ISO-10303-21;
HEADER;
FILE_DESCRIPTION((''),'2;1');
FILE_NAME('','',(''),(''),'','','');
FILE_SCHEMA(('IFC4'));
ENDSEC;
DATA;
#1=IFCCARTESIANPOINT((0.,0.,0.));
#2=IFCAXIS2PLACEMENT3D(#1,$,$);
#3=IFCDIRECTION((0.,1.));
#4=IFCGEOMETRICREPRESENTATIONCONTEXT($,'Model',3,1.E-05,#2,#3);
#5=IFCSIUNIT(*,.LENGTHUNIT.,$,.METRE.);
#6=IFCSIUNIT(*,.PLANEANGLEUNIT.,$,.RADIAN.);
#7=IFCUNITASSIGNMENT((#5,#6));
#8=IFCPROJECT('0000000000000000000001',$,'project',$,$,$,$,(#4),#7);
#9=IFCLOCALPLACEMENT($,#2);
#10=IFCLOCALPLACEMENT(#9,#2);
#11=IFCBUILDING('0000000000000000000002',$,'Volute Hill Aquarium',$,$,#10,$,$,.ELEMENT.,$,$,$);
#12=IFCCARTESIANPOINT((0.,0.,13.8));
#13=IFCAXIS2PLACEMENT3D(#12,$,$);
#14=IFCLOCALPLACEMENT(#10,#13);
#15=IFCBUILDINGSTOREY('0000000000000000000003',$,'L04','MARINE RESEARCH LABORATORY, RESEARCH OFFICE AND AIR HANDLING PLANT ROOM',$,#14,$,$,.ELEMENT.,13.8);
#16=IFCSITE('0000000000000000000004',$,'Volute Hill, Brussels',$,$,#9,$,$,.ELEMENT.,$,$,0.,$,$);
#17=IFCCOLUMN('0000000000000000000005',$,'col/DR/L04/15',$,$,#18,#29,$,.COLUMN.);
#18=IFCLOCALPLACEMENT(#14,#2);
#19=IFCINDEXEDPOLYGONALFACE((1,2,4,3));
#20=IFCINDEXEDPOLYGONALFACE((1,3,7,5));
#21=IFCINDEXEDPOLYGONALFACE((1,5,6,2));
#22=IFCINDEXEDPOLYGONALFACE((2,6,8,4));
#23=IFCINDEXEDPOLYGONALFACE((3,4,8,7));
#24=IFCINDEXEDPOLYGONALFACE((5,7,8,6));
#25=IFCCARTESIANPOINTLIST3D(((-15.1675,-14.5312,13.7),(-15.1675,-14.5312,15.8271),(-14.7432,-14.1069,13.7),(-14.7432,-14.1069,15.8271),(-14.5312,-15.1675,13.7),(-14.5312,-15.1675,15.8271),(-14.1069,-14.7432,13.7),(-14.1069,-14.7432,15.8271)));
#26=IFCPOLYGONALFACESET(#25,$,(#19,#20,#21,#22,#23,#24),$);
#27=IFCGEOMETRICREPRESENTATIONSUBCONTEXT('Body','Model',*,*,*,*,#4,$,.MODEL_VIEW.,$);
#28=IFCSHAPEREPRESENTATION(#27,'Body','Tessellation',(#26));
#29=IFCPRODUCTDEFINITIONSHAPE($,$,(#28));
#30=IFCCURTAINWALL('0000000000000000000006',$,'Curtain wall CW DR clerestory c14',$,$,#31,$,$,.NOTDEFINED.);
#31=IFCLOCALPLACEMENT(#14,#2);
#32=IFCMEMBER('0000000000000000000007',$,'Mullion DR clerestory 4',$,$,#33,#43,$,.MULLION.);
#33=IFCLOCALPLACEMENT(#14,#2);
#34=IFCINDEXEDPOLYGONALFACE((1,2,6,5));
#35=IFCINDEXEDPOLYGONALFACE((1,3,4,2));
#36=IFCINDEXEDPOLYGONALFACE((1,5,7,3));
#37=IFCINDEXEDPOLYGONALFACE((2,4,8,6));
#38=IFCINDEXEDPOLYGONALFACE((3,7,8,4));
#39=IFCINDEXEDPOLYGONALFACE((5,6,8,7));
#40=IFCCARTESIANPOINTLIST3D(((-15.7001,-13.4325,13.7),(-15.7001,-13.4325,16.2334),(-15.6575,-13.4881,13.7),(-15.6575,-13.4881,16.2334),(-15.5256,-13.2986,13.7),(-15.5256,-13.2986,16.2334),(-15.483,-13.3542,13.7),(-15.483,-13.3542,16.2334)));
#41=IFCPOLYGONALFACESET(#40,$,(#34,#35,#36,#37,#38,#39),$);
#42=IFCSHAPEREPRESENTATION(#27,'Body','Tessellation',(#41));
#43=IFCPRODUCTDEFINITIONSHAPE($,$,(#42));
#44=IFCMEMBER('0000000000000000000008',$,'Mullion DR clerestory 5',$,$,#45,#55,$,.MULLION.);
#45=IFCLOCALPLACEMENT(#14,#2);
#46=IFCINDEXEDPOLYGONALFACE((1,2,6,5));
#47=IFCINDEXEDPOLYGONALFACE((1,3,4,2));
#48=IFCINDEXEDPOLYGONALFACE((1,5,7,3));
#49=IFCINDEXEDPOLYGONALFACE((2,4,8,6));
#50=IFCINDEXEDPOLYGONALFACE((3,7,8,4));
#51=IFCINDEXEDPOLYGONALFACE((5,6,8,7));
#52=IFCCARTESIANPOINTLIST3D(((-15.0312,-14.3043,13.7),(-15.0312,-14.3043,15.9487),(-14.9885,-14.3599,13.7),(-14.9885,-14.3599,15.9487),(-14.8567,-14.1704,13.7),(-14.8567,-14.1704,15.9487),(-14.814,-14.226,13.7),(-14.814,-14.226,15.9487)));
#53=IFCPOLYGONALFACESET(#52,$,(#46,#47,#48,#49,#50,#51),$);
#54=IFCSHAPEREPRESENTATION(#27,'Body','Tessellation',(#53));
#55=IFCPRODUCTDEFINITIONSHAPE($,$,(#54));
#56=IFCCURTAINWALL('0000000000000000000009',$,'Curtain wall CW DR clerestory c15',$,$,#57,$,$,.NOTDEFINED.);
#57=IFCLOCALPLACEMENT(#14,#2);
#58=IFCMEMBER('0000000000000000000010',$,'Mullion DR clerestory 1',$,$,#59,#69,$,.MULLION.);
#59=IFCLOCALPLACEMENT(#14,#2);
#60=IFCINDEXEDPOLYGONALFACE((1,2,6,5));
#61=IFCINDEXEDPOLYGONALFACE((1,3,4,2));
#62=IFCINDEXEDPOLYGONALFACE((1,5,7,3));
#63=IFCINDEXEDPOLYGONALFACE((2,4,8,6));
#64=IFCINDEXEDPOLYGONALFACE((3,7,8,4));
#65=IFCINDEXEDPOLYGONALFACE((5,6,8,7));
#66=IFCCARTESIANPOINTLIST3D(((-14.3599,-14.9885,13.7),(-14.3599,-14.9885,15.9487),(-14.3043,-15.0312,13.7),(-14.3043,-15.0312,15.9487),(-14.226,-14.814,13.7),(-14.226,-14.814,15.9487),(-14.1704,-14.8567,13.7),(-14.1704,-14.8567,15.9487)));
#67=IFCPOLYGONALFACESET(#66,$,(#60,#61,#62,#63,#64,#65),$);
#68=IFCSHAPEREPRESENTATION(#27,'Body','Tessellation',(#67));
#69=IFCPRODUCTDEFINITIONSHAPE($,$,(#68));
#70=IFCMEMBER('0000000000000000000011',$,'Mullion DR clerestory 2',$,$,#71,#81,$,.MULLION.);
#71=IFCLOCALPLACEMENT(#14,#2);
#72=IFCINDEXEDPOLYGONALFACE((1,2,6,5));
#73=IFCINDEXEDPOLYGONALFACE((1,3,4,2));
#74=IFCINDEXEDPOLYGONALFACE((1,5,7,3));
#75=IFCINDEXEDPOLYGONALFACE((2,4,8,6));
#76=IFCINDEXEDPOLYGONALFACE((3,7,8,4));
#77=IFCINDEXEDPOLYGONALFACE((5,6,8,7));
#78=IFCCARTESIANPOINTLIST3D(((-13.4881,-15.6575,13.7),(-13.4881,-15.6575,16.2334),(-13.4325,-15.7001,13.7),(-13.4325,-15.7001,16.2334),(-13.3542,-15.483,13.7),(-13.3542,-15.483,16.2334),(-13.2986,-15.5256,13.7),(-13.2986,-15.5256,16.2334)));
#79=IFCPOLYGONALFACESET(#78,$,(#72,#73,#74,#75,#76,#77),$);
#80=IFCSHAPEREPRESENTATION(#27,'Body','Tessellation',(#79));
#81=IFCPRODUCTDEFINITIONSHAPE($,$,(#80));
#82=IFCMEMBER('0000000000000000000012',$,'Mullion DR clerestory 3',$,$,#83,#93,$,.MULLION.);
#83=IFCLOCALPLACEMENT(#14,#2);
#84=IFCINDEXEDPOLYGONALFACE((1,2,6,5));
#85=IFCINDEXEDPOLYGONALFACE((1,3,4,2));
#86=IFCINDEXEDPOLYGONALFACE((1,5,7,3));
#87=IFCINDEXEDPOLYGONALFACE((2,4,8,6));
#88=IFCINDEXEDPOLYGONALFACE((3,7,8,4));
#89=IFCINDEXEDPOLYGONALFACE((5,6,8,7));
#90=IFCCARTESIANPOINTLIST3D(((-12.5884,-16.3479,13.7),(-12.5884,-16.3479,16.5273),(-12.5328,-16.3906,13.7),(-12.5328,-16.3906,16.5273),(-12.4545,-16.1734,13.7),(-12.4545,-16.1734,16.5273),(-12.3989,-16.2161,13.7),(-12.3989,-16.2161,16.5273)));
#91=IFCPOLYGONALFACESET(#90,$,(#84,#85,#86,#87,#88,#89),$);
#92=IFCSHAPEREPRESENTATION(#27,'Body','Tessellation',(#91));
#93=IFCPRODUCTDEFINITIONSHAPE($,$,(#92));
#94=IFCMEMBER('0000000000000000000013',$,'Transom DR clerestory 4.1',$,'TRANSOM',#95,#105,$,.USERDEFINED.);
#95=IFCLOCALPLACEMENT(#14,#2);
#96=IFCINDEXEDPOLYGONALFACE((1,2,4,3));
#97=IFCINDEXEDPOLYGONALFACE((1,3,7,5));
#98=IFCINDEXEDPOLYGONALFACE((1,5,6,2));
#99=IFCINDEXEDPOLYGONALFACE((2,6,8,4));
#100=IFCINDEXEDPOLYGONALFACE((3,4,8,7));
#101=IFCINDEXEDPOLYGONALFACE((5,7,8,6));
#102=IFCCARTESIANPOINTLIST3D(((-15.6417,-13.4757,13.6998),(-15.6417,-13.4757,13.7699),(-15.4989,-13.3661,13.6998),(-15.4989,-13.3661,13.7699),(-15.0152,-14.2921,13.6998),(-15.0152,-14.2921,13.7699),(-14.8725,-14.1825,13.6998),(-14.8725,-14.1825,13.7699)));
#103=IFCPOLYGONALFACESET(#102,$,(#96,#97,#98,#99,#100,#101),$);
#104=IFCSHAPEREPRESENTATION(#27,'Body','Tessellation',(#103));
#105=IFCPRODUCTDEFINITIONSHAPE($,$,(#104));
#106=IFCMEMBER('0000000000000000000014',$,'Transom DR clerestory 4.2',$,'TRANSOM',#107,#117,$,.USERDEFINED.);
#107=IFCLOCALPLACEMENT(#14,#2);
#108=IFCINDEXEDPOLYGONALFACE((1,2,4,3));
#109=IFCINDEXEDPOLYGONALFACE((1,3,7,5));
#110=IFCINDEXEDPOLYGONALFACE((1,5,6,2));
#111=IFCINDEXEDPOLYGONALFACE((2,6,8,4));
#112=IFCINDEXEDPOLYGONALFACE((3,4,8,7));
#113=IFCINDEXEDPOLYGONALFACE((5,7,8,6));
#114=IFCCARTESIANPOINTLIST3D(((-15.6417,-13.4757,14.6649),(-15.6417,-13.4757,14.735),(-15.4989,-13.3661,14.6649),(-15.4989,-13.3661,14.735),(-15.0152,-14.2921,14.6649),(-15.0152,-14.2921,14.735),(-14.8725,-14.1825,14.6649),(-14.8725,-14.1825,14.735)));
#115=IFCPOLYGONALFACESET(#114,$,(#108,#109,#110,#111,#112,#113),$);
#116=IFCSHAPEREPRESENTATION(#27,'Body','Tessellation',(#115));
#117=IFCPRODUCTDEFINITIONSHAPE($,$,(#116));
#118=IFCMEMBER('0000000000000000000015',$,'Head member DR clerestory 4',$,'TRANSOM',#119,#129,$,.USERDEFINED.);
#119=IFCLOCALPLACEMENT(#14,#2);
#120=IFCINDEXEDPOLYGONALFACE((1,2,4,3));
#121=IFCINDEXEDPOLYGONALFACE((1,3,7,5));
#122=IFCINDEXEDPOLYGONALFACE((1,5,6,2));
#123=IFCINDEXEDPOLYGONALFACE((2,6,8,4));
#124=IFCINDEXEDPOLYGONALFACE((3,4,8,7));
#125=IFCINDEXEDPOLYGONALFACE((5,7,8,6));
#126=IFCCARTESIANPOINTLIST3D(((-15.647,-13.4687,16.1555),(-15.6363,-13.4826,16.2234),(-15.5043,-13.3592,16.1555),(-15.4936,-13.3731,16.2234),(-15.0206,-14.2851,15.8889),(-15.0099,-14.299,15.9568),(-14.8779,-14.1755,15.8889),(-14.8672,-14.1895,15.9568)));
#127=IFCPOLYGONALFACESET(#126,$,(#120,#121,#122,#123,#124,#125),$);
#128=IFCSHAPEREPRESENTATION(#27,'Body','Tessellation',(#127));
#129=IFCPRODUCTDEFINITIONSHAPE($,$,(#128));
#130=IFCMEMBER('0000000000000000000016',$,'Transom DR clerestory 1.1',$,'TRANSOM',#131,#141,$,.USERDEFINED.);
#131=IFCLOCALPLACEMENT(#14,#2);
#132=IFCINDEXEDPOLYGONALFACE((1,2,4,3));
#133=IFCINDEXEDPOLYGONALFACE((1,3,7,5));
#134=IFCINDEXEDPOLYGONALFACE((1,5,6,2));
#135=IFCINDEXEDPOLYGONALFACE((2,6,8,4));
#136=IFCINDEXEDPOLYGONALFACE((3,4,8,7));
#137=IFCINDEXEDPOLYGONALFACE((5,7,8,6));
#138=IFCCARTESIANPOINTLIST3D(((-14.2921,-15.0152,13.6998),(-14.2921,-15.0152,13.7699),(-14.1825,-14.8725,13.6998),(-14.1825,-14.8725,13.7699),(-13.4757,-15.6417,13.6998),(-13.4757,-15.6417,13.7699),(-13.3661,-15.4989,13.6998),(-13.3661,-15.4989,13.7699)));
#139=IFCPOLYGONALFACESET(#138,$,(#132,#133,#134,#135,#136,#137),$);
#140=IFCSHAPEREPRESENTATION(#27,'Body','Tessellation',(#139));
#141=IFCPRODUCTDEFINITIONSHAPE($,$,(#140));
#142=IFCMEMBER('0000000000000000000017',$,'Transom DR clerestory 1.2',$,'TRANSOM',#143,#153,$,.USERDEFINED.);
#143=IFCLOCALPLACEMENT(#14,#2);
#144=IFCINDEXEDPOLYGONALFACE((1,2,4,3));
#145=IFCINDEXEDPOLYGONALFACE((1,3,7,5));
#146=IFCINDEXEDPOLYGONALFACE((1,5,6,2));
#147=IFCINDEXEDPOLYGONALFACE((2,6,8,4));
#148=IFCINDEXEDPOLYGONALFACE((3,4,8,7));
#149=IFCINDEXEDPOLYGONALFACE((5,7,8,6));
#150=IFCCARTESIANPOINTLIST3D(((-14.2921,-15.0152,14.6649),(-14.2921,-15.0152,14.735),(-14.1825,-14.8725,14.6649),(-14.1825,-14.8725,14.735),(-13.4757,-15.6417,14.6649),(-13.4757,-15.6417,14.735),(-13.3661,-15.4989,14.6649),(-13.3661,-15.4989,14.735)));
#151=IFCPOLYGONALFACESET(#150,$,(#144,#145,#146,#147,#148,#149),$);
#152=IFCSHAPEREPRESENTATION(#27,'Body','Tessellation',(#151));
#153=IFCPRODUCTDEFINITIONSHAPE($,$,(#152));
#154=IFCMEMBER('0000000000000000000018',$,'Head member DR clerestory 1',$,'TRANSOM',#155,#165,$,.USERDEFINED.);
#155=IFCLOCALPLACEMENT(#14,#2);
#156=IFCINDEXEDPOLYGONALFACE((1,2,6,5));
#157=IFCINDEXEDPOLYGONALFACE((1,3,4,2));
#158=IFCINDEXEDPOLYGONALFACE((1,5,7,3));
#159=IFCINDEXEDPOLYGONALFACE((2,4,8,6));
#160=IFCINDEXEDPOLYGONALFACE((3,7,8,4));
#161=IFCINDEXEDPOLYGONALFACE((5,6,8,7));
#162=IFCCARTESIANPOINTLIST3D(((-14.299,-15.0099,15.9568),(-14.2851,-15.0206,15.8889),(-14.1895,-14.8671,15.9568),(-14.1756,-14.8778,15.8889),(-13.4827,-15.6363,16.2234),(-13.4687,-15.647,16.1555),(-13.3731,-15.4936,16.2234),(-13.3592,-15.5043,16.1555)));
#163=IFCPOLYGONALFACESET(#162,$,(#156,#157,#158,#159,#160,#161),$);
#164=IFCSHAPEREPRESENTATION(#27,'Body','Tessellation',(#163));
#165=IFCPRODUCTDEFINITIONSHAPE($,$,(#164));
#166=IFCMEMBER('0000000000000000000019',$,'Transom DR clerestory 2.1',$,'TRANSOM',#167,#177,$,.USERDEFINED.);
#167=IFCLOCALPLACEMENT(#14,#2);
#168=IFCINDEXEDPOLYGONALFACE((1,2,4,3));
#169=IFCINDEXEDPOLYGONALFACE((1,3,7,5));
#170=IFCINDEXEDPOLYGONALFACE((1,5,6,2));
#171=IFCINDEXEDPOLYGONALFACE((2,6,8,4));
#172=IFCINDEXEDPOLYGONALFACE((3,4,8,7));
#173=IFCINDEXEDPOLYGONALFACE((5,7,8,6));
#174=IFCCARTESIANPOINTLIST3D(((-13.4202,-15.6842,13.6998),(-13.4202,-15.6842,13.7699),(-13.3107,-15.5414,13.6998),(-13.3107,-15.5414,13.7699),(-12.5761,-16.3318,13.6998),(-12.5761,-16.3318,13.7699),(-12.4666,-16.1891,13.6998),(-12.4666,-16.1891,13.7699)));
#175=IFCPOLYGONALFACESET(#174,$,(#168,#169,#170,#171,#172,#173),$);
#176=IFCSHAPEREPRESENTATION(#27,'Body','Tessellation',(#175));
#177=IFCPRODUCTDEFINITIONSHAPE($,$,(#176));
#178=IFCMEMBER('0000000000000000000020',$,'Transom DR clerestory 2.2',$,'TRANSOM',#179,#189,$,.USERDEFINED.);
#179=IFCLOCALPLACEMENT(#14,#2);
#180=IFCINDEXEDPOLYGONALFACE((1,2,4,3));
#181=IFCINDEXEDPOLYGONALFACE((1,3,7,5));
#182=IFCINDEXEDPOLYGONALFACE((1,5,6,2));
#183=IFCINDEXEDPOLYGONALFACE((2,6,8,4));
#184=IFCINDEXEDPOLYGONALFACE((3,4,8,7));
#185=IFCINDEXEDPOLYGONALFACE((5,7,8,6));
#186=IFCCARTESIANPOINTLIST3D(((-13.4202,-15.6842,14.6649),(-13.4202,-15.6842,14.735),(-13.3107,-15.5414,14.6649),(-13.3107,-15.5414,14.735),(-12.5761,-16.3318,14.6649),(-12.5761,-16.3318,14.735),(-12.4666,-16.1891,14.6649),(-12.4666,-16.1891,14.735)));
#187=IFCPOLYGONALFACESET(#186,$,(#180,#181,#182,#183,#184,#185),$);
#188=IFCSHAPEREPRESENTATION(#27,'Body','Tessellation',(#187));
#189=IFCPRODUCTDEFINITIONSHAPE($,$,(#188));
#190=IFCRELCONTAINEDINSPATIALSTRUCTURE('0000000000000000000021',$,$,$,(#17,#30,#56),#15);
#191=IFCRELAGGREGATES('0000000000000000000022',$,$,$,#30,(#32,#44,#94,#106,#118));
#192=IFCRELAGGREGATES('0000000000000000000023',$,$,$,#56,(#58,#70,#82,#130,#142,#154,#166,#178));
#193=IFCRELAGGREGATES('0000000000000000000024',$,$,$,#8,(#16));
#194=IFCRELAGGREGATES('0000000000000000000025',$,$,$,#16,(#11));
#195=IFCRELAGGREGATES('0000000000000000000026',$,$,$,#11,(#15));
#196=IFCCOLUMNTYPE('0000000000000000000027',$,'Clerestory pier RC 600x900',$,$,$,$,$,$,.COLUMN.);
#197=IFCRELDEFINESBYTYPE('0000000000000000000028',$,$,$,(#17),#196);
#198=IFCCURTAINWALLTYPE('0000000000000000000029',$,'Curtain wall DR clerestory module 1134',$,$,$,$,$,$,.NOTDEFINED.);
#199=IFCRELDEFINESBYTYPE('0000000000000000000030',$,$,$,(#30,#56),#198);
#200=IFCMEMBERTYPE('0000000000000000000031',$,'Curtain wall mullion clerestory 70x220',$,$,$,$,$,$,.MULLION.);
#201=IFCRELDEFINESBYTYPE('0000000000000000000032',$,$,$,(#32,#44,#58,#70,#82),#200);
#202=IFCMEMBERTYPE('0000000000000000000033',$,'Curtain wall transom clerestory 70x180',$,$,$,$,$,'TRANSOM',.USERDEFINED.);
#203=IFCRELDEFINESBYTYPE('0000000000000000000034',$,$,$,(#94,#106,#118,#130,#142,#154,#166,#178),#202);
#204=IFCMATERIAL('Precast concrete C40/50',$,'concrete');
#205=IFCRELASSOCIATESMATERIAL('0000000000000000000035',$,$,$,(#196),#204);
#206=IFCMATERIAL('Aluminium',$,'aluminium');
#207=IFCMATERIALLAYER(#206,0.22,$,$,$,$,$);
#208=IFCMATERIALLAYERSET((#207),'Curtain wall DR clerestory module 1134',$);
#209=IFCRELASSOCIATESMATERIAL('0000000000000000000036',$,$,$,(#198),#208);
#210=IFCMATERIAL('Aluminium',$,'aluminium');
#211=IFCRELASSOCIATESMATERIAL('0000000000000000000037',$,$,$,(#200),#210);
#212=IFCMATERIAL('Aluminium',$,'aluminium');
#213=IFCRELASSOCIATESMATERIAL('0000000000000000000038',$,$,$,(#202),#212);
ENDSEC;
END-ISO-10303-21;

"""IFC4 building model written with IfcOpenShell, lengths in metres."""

from ifc_helpers import new_model, si_unit, direction, frame, origin, origin_2d, place, context, subcontext, project, spatial, rectangle, extrude, material, layer, layer_set, material_profile, profile_set, type_object, element, aggregate, save


model = new_model("IFC4")

# Units and contexts
model_context = context("Model", 3, precision=1e-05, world=origin(), true_north=direction((0.0, 1.0)))
body_context = subcontext(model_context, "Body", "Model", "MODEL_VIEW")
ifc_project = project(units=[si_unit("LENGTHUNIT", "METRE"), si_unit("PLANEANGLEUNIT", "RADIAN")], contexts=[model_context])

# Site, building, storey
site_placement = place(None, origin())
site = spatial("IfcSite", under=ifc_project, at=site_placement, Name="Volute Hill, Brussels", CompositionType="ELEMENT", RefElevation=0.0)
building_placement = place(site_placement, origin())
building = spatial("IfcBuilding", under=site, at=building_placement, Name="Volute Hill Aquarium", CompositionType="ELEMENT")
storey_placement = place(building_placement, frame((0.0, 0.0, 13.8)))
storey = spatial("IfcBuildingStorey", under=building, at=storey_placement, Name="L04", Description="MARINE RESEARCH LABORATORY, RESEARCH OFFICE AND AIR HANDLING PLANT ROOM", CompositionType="ELEMENT", Elevation=13.8)

# Column
ifc_material_1 = material(Name="Precast concrete C40/50", Category="concrete")
ifc_material_profile_1 = material_profile(ifc_material_1, rectangle(XDim=0.6001, YDim=0.8999, at=origin_2d()), Name="RC pier 600x900")
ifc_profile_set_1 = profile_set([ifc_material_profile_1], Name="Precast concrete C40/50")
column_type = type_object("IfcColumnType", Name="Clerestory pier RC 600x900", PredefinedType="COLUMN", material=ifc_profile_set_1)
column_placement = place(storey_placement, frame((-14.6372, -14.6372, 13.7), z_axis=(0.0, 0.0, 1.0), x_axis=(-0.707107, -0.707107, 0.0)))
element("IfcColumn", 1, at=column_placement, inside=storey, type_object=column_type, Name="col/DR/L04/15", PredefinedType="COLUMN", context=body_context, shape_type="SweptSolid", body=[
    extrude(rectangle(XDim=0.6001, YDim=0.8999, at=origin_2d()), origin(), (0.0, 0.0, 1.0), 2.1272),
])

# Curtain walls, members
ifc_material_2 = material(Name="Aluminium", Category="aluminium")
ifc_layer_1 = layer(ifc_material_2, 0.22)
ifc_layer_set_1 = layer_set([ifc_layer_1], Name="Curtain wall DR clerestory module 1134")
curtain_wall_type = type_object("IfcCurtainWallType", Name="Curtain wall DR clerestory module 1134", PredefinedType="NOTDEFINED", material=ifc_layer_set_1)
curtain_wall_1_placement = place(storey_placement, origin())
curtain_wall_1 = element("IfcCurtainWall", 2, at=curtain_wall_1_placement, inside=storey, type_object=curtain_wall_type, Name="Curtain wall CW DR clerestory c14", PredefinedType="NOTDEFINED")
ifc_material_3 = material(Name="Aluminium", Category="aluminium")
ifc_material_profile_2 = material_profile(ifc_material_3, rectangle(XDim=0.22, YDim=0.0701, at=origin_2d()), Name="Curtain wall mullion clerestory 70x220")
ifc_profile_set_2 = profile_set([ifc_material_profile_2], Name="Aluminium")
member_type_1 = type_object("IfcMemberType", Name="Curtain wall mullion clerestory 70x220", PredefinedType="MULLION", material=ifc_profile_set_2)
member_1_placement = place(storey_placement, frame((-15.5916, -13.3933, 13.7), z_axis=(0.0, 0.0, 1.0), x_axis=(0.793354, 0.608761, 0.0)))
member_1 = element("IfcMember", 3, at=member_1_placement, type_object=member_type_1, Name="Mullion DR clerestory 4", PredefinedType="MULLION", context=body_context, shape_type="SweptSolid", body=[
    extrude(rectangle(XDim=0.22, YDim=0.0701, at=origin_2d()), origin(), (0.0, 0.0, 1.0), 2.5334),
])
member_2_placement = place(storey_placement, frame((-14.9226, -14.2651, 13.7), z_axis=(0.0, 0.0, 1.0), x_axis=(0.793354, 0.608761, 0.0)))
member_2 = element("IfcMember", 4, at=member_2_placement, type_object=member_type_1, Name="Mullion DR clerestory 5", PredefinedType="MULLION", context=body_context, shape_type="SweptSolid", body=[
    extrude(rectangle(XDim=0.22, YDim=0.0701, at=origin_2d()), origin(), (0.0, 0.0, 1.0), 2.2488),
])
curtain_wall_2_placement = place(storey_placement, origin())
curtain_wall_2 = element("IfcCurtainWall", 5, at=curtain_wall_2_placement, inside=storey, type_object=curtain_wall_type, Name="Curtain wall CW DR clerestory c15", PredefinedType="NOTDEFINED")
member_3_placement = place(storey_placement, frame((-14.2651, -14.9226, 13.7), z_axis=(0.0, 0.0, 1.0), x_axis=(0.608761, 0.793354, 0.0)))
member_3 = element("IfcMember", 6, at=member_3_placement, type_object=member_type_1, Name="Mullion DR clerestory 1", PredefinedType="MULLION", context=body_context, shape_type="SweptSolid", body=[
    extrude(rectangle(XDim=0.22, YDim=0.0701, at=origin_2d()), origin(), (0.0, 0.0, 1.0), 2.2488),
])
member_4_placement = place(storey_placement, frame((-13.3933, -15.5916, 13.7), z_axis=(0.0, 0.0, 1.0), x_axis=(0.608761, 0.793354, 0.0)))
member_4 = element("IfcMember", 7, at=member_4_placement, type_object=member_type_1, Name="Mullion DR clerestory 2", PredefinedType="MULLION", context=body_context, shape_type="SweptSolid", body=[
    extrude(rectangle(XDim=0.22, YDim=0.0701, at=origin_2d()), origin(), (0.0, 0.0, 1.0), 2.5334),
])
member_5_placement = place(storey_placement, frame((-12.4937, -16.282, 13.7), z_axis=(0.0, 0.0, 1.0), x_axis=(0.608761, 0.793354, 0.0)))
member_5 = element("IfcMember", 8, at=member_5_placement, type_object=member_type_1, Name="Mullion DR clerestory 3", PredefinedType="MULLION", context=body_context, shape_type="SweptSolid", body=[
    extrude(rectangle(XDim=0.22, YDim=0.0701, at=origin_2d()), origin(), (0.0, 0.0, 1.0), 2.8274),
])

# Members
ifc_material_4 = material(Name="Aluminium", Category="aluminium")
ifc_material_profile_3 = material_profile(ifc_material_4, rectangle(XDim=0.1799, YDim=0.0701, at=origin_2d()), Name="Curtain wall transom clerestory 70x180")
ifc_profile_set_3 = profile_set([ifc_material_profile_3], Name="Aluminium")
member_type_2 = type_object("IfcMemberType", Name="Curtain wall transom clerestory 70x180", ElementType="TRANSOM", PredefinedType="USERDEFINED", material=ifc_profile_set_3)
member_6_placement = place(storey_placement, frame((-15.5703, -13.4209, 13.7349), z_axis=(0.60877, -0.793347, 0.0), x_axis=(0.793347, 0.60877, 0.0)))
member_6 = element("IfcMember", 9, at=member_6_placement, type_object=member_type_2, Name="Transom DR clerestory 4.1", ObjectType="TRANSOM", PredefinedType="USERDEFINED", context=body_context, shape_type="SweptSolid", body=[
    extrude(rectangle(XDim=0.1799, YDim=0.0701, at=origin_2d()), origin(), (0.0, 0.0, 1.0), 1.0291),
])
member_7_placement = place(storey_placement, frame((-15.5703, -13.4209, 14.7), z_axis=(0.60877, -0.793347, 0.0), x_axis=(0.793347, 0.60877, 0.0)))
member_7 = element("IfcMember", 10, at=member_7_placement, type_object=member_type_2, Name="Transom DR clerestory 4.2", ObjectType="TRANSOM", PredefinedType="USERDEFINED", context=body_context, shape_type="SweptSolid", body=[
    extrude(rectangle(XDim=0.1799, YDim=0.0701, at=origin_2d()), origin(), (0.0, 0.0, 1.0), 1.0291),
])
member_8_placement = place(storey_placement, frame((-15.5703, -13.4209, 16.1895), z_axis=(0.589315, -0.767992, -0.250792), x_axis=(0.793347, 0.60877, 0.0)))
member_8 = element("IfcMember", 11, at=member_8_placement, type_object=member_type_2, Name="Head member DR clerestory 4", ObjectType="TRANSOM", PredefinedType="USERDEFINED", context=body_context, shape_type="SweptSolid", body=[
    extrude(rectangle(XDim=0.1799, YDim=0.0701, at=origin_2d()), origin(), (0.0, 0.0, 1.0), 1.063),
])
member_9_placement = place(storey_placement, frame((-14.2373, -14.9438, 13.7349), z_axis=(0.793347, -0.60877, 0.0), x_axis=(0.60877, 0.793347, 0.0)))
member_9 = element("IfcMember", 12, at=member_9_placement, type_object=member_type_2, Name="Transom DR clerestory 1.1", ObjectType="TRANSOM", PredefinedType="USERDEFINED", context=body_context, shape_type="SweptSolid", body=[
    extrude(rectangle(XDim=0.1799, YDim=0.0701, at=origin_2d()), origin(), (0.0, 0.0, 1.0), 1.0291),
])
member_10_placement = place(storey_placement, frame((-14.2373, -14.9438, 14.7), z_axis=(0.793347, -0.60877, 0.0), x_axis=(0.60877, 0.793347, 0.0)))
member_10 = element("IfcMember", 13, at=member_10_placement, type_object=member_type_2, Name="Transom DR clerestory 1.2", ObjectType="TRANSOM", PredefinedType="USERDEFINED", context=body_context, shape_type="SweptSolid", body=[
    extrude(rectangle(XDim=0.1799, YDim=0.0701, at=origin_2d()), origin(), (0.0, 0.0, 1.0), 1.0291),
])
member_11_placement = place(storey_placement, frame((-14.2373, -14.9438, 15.9229), z_axis=(0.767992, -0.589315, 0.250792), x_axis=(0.60877, 0.793347, 0.0)))
member_11 = element("IfcMember", 14, at=member_11_placement, type_object=member_type_2, Name="Head member DR clerestory 1", ObjectType="TRANSOM", PredefinedType="USERDEFINED", context=body_context, shape_type="SweptSolid", body=[
    extrude(rectangle(XDim=0.1799, YDim=0.0701, at=origin_2d()), origin(), (0.0, 0.0, 1.0), 1.063),
])
member_12_placement = place(storey_placement, frame((-13.3655, -15.6128, 13.7349), z_axis=(0.7934, -0.608701, 0.0), x_axis=(0.608701, 0.7934, 0.0)))
member_12 = element("IfcMember", 15, at=member_12_placement, type_object=member_type_2, Name="Transom DR clerestory 2.1", ObjectType="TRANSOM", PredefinedType="USERDEFINED", context=body_context, shape_type="SweptSolid", body=[
    extrude(rectangle(XDim=0.1799, YDim=0.0701, at=origin_2d()), origin(), (0.0, 0.0, 1.0), 1.064),
])
member_13_placement = place(storey_placement, frame((-13.3655, -15.6128, 14.7), z_axis=(0.7934, -0.608701, 0.0), x_axis=(0.608701, 0.7934, 0.0)))
member_13 = element("IfcMember", 16, at=member_13_placement, type_object=member_type_2, Name="Transom DR clerestory 2.2", ObjectType="TRANSOM", PredefinedType="USERDEFINED", context=body_context, shape_type="SweptSolid", body=[
    extrude(rectangle(XDim=0.1799, YDim=0.0701, at=origin_2d()), origin(), (0.0, 0.0, 1.0), 1.064),
])

aggregate(curtain_wall_1, [member_1, member_2, member_6, member_7, member_8])
aggregate(curtain_wall_2, [member_3, member_4, member_5, member_9, member_10, member_11, member_12, member_13])

save(model, "model.ifc")
